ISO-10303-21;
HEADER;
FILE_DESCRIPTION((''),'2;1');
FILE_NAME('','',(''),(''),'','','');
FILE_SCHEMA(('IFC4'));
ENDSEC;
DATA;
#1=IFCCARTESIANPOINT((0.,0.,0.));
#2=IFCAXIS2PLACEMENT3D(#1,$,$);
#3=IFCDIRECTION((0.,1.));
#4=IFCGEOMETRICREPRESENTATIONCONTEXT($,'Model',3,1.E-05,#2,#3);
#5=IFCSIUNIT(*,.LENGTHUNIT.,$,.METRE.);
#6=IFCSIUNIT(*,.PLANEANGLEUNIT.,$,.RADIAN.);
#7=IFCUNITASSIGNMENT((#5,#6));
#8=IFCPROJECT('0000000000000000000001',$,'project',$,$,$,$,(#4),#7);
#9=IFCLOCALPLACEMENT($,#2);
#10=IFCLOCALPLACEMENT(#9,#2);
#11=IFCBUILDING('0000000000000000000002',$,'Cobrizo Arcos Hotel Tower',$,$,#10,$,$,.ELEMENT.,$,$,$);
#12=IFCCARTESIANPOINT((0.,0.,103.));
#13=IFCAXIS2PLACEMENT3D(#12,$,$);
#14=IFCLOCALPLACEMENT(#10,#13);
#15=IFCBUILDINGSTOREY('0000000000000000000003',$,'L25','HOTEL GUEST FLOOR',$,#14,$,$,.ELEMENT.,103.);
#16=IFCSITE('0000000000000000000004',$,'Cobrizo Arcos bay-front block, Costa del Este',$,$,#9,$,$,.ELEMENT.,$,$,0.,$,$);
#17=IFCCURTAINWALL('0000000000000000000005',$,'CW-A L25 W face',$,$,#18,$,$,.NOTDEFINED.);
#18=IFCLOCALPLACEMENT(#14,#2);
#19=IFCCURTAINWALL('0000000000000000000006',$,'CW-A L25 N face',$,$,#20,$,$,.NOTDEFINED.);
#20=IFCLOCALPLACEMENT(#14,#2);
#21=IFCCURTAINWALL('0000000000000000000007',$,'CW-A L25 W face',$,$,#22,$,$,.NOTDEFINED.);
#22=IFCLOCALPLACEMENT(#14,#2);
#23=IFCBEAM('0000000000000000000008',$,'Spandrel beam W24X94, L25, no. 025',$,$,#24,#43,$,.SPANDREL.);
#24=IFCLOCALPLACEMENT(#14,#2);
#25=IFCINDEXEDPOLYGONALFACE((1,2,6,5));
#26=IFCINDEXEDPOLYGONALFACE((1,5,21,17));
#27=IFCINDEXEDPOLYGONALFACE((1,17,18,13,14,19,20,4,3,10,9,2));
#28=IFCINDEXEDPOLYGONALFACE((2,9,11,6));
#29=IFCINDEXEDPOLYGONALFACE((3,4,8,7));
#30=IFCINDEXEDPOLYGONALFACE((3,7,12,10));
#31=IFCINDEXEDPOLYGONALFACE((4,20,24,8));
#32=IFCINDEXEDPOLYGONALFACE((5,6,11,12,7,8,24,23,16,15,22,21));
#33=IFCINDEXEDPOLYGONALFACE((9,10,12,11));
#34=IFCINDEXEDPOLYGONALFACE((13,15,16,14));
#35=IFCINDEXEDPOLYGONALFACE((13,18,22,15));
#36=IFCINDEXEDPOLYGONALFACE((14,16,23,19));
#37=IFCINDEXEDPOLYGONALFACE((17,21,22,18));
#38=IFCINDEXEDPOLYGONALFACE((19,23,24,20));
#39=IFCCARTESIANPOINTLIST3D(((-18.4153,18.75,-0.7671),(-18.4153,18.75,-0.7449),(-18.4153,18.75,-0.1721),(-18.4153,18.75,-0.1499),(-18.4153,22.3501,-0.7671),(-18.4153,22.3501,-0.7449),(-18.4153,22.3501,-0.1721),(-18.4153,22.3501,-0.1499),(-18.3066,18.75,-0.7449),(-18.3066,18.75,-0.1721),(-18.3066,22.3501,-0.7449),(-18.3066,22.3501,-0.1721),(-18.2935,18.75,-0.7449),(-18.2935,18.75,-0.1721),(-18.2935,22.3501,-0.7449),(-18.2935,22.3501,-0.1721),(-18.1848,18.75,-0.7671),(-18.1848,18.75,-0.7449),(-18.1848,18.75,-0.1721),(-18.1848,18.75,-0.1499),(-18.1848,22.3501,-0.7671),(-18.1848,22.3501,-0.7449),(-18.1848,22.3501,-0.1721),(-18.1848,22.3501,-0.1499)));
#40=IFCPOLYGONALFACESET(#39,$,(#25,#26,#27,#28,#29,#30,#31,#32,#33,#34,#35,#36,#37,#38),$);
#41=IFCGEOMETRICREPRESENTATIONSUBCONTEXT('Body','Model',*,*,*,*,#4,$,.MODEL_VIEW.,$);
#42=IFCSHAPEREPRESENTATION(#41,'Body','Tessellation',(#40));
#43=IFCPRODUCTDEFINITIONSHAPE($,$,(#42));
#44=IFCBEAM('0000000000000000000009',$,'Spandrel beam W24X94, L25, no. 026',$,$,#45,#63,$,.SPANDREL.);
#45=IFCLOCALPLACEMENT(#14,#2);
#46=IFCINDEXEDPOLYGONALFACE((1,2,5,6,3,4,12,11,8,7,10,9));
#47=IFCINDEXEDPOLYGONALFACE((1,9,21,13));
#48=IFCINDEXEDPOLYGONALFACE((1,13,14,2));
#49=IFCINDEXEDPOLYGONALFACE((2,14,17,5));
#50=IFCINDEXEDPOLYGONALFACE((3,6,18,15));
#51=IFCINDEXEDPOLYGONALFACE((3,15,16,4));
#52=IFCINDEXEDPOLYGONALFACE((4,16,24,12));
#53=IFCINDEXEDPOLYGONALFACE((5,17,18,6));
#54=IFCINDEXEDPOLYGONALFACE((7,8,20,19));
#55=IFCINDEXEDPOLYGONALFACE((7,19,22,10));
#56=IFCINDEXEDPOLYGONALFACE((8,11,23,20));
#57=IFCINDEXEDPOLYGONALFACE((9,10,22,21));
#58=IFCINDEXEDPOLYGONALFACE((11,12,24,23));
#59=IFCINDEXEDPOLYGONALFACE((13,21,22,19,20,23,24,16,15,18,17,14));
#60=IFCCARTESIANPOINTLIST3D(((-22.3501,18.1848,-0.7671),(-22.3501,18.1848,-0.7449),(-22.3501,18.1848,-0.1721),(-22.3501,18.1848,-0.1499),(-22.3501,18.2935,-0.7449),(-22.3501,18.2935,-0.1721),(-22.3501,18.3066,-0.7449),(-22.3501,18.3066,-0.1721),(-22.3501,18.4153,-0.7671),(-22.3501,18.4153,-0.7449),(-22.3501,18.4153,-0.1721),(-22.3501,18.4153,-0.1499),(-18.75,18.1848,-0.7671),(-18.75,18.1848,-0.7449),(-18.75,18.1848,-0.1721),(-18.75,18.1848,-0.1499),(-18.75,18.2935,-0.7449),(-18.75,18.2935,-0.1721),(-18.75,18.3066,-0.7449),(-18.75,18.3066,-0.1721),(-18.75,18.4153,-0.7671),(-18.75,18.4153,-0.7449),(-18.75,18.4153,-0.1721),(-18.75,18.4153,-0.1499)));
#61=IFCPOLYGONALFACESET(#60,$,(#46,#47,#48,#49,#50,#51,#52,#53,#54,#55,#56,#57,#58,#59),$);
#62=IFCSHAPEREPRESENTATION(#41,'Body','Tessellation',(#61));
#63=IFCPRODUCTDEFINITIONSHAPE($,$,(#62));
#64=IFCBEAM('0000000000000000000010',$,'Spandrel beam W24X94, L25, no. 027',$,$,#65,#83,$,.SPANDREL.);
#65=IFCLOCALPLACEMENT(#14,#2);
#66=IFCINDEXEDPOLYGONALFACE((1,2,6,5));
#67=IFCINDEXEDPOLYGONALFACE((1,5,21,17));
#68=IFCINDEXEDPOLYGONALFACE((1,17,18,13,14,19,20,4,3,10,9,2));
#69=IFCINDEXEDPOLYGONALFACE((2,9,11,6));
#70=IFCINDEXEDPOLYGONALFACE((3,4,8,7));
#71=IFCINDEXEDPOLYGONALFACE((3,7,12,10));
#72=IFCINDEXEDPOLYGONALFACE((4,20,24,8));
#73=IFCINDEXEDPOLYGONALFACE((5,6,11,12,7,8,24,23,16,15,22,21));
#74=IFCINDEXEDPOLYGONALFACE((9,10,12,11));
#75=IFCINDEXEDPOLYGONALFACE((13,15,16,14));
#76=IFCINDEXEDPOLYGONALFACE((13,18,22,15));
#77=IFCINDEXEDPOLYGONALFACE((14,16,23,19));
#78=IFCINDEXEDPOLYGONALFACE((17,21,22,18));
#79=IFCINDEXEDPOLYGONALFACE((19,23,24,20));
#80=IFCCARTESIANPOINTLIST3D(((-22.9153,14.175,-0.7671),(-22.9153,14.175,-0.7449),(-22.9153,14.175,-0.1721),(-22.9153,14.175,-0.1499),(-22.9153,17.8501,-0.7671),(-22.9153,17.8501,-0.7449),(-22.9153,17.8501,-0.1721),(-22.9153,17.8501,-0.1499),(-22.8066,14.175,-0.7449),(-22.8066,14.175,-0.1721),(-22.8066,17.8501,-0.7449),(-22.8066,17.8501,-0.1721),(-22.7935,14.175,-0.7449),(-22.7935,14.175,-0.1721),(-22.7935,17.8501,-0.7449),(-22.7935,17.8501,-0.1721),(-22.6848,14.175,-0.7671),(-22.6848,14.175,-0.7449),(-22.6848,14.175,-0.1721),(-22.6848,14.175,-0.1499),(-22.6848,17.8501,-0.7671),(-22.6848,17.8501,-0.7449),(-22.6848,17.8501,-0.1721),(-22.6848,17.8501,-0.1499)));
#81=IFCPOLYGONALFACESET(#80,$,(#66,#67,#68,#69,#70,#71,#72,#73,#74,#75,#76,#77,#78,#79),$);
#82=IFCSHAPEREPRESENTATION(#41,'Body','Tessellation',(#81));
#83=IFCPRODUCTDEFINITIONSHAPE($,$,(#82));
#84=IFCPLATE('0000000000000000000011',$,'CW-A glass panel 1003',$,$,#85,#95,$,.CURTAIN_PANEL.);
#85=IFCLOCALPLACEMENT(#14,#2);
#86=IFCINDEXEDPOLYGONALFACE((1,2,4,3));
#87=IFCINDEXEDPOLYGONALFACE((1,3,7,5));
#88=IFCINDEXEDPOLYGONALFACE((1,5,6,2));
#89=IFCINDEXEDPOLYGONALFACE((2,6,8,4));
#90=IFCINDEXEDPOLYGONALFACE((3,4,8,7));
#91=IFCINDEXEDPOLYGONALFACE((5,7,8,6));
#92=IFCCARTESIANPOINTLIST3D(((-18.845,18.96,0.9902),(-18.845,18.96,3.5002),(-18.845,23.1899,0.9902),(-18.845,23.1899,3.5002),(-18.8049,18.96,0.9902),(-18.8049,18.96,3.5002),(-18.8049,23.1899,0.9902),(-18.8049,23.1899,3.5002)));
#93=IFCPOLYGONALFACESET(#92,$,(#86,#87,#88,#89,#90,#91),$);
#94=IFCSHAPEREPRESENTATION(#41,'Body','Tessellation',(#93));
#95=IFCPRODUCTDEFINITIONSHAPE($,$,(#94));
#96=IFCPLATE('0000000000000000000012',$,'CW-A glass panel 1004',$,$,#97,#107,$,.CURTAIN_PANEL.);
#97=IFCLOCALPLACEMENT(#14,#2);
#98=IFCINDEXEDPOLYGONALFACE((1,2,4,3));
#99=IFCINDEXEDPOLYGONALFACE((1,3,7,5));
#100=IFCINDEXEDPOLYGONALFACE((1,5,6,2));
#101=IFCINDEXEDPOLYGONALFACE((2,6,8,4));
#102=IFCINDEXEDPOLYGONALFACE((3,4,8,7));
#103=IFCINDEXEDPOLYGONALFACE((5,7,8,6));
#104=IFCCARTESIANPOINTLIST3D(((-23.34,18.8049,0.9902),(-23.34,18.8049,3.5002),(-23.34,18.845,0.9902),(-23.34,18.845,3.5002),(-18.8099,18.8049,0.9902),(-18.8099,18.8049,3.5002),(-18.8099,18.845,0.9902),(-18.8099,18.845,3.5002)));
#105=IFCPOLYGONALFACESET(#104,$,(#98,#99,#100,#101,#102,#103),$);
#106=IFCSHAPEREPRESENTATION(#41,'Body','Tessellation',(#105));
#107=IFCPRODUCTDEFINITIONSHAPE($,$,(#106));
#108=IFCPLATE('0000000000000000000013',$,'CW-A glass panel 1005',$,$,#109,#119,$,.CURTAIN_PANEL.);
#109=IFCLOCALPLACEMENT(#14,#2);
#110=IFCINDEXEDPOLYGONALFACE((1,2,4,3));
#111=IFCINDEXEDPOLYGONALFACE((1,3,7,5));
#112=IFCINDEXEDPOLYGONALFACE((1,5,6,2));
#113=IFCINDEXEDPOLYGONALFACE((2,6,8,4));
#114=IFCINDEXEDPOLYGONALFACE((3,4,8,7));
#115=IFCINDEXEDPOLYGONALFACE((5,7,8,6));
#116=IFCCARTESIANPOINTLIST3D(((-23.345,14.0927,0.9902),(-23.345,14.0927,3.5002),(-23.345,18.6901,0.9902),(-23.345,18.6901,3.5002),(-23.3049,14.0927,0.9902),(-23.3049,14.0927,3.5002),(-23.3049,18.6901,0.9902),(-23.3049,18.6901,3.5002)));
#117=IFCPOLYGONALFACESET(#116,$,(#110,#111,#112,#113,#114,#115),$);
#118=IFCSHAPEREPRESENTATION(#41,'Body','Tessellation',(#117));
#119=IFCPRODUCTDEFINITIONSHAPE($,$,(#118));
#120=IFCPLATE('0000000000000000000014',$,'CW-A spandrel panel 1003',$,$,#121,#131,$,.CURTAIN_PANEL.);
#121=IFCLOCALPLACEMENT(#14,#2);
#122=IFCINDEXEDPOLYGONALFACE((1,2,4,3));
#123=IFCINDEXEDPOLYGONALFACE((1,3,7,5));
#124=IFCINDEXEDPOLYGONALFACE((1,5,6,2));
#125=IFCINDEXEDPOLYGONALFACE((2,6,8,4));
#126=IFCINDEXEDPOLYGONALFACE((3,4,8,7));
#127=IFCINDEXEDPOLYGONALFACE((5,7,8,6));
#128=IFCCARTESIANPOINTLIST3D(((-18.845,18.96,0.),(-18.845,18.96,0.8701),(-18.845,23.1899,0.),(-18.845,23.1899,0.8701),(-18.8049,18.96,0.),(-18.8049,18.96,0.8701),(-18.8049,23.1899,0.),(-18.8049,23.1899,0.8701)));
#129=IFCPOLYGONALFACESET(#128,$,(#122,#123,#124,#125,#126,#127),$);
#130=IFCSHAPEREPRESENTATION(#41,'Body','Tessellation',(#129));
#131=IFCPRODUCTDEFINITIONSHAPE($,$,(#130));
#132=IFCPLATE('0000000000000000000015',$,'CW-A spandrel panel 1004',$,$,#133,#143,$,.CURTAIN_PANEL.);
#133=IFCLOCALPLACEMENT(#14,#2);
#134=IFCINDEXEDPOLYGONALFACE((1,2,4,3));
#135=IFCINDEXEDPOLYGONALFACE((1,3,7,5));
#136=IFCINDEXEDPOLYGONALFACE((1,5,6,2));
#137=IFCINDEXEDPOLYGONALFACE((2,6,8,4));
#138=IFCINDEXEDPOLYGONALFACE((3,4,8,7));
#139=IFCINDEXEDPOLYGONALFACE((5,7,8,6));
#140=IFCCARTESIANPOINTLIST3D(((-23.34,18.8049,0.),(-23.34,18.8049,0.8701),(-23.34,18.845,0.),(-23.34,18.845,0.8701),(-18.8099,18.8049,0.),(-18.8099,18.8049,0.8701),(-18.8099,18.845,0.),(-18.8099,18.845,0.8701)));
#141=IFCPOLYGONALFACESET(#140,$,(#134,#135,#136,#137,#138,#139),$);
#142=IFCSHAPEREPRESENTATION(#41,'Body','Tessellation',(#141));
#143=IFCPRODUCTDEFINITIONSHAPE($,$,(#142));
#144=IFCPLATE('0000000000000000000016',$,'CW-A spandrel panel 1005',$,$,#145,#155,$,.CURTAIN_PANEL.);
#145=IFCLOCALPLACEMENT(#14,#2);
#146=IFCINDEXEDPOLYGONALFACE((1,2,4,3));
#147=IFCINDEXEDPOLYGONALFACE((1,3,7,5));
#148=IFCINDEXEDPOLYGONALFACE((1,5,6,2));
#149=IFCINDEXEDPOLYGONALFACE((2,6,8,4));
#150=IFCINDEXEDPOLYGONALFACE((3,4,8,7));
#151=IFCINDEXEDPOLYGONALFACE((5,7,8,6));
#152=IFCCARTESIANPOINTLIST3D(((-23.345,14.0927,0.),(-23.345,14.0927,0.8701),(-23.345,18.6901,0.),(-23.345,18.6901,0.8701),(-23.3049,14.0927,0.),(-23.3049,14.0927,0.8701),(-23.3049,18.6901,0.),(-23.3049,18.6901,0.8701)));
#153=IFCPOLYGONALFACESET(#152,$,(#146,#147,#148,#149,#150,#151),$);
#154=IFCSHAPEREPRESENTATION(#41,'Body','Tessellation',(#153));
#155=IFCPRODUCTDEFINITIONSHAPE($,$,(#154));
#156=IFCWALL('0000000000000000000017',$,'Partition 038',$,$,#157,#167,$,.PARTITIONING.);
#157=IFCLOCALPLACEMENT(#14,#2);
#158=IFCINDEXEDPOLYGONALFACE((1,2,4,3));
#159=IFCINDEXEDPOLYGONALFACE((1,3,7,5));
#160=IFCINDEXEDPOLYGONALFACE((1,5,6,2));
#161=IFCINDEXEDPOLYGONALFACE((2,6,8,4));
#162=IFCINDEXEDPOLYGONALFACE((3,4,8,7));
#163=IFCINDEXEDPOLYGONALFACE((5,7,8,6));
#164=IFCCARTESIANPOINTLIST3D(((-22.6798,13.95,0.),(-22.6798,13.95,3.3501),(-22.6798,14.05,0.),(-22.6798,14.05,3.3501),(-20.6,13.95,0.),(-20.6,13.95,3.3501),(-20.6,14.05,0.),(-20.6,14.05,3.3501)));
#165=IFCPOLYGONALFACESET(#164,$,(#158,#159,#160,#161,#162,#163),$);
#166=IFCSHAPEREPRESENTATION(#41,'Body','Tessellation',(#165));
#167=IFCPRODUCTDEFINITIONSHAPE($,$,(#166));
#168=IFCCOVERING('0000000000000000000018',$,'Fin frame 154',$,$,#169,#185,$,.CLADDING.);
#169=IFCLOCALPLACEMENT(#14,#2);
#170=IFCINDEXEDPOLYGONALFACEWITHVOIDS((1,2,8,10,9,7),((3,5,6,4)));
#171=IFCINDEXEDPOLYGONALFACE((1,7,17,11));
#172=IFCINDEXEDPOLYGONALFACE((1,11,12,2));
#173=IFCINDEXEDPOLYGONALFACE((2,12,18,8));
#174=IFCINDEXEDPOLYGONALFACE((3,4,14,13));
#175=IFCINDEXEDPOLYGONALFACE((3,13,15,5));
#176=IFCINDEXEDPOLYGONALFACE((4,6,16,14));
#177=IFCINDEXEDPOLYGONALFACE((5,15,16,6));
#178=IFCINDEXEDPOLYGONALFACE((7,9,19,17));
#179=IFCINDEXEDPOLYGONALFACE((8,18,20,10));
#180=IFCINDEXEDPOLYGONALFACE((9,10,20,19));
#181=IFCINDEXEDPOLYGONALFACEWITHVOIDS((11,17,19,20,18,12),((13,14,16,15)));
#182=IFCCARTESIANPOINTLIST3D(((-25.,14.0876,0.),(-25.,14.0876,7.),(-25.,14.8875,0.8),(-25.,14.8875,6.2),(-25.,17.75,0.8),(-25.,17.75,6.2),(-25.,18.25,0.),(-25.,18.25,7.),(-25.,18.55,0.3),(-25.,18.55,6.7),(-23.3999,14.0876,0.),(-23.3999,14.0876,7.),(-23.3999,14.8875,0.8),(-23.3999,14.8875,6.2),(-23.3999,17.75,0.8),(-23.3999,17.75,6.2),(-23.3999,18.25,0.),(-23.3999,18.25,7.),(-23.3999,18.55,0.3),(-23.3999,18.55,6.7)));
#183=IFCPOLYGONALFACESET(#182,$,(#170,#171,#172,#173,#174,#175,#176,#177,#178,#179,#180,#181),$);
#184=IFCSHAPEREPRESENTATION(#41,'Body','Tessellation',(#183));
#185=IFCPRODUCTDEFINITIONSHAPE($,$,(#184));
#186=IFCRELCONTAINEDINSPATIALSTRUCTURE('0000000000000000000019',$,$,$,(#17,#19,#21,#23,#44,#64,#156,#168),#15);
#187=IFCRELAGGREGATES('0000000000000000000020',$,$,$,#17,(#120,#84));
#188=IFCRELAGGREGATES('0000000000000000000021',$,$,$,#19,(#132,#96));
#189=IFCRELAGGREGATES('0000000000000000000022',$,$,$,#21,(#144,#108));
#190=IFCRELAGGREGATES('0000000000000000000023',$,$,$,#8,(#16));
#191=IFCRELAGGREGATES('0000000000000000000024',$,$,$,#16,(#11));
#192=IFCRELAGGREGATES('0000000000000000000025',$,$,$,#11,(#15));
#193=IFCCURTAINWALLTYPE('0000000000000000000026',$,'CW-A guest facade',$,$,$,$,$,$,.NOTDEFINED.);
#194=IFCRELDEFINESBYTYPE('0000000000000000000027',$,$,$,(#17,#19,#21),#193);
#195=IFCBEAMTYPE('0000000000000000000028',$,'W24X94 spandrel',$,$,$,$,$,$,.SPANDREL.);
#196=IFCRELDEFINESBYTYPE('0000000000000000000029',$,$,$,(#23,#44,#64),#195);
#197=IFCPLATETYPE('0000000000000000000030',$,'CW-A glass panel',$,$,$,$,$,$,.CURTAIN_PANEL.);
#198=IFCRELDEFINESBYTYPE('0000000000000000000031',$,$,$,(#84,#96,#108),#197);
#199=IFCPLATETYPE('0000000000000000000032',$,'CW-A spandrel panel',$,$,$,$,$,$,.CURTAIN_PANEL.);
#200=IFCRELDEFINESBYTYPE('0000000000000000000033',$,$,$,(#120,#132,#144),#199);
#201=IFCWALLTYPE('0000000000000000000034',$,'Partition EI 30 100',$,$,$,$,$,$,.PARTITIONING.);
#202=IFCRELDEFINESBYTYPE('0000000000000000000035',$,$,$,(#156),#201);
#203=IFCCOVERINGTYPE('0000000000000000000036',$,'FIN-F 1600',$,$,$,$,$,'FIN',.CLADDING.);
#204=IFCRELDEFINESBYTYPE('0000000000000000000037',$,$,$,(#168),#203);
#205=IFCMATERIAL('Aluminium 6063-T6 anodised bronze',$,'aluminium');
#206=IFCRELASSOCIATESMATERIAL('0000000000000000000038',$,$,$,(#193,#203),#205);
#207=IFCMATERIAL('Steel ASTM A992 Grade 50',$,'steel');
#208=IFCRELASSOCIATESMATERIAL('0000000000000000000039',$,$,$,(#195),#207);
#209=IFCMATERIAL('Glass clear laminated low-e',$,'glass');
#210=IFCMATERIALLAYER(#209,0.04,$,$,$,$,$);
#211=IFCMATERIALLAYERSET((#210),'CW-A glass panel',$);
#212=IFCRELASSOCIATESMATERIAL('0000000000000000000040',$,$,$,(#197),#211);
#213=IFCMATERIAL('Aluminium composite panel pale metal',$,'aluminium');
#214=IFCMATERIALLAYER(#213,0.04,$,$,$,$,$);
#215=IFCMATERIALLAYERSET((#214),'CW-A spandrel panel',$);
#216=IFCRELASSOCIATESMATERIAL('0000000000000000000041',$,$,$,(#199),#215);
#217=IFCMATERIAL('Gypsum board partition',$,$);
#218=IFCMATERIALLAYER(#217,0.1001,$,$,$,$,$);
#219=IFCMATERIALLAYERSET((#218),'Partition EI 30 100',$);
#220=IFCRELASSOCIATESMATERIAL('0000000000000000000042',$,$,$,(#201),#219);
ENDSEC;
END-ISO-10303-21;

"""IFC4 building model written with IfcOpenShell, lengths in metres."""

from ifc_helpers import new_model, si_unit, direction, frame, frame_2d, origin, origin_2d, place, context, subcontext, project, spatial, polyline, rectangle, i_section, outline, extrude, material, layer, layer_set, material_profile, profile_set, type_object, element, aggregate, save


model = new_model("IFC4")

# Units and contexts
model_context = context("Model", 3, precision=1e-05, world=origin(), true_north=direction((0.0, 1.0)))
body_context = subcontext(model_context, "Body", "Model", "MODEL_VIEW")
ifc_project = project(units=[si_unit("LENGTHUNIT", "METRE"), si_unit("PLANEANGLEUNIT", "RADIAN")], contexts=[model_context])

# Site, building, storey
site_placement = place(None, origin())
site = spatial("IfcSite", under=ifc_project, at=site_placement, Name="Cobrizo Arcos bay-front block, Costa del Este", CompositionType="ELEMENT", RefElevation=0.0)
building_placement = place(site_placement, origin())
building = spatial("IfcBuilding", under=site, at=building_placement, Name="Cobrizo Arcos Hotel Tower", CompositionType="ELEMENT")
storey_placement = place(building_placement, frame((0.0, 0.0, 103.0)))
storey = spatial("IfcBuildingStorey", under=building, at=storey_placement, Name="L25", Description="HOTEL GUEST FLOOR", CompositionType="ELEMENT", Elevation=103.0)

# Shared definitions
ifc_material_1 = material(Name="Aluminium 6063-T6 anodised bronze", Category="aluminium")
curtain_wall_type = type_object("IfcCurtainWallType", Name="CW-A guest facade", PredefinedType="NOTDEFINED", material=ifc_material_1)

# Curtain walls
curtain_wall_1_placement = place(storey_placement, origin())
curtain_wall_1 = element("IfcCurtainWall", 1, at=curtain_wall_1_placement, inside=storey, type_object=curtain_wall_type, Name="CW-A L25 W face", PredefinedType="NOTDEFINED")
curtain_wall_2_placement = place(storey_placement, origin())
curtain_wall_2 = element("IfcCurtainWall", 2, at=curtain_wall_2_placement, inside=storey, type_object=curtain_wall_type, Name="CW-A L25 N face", PredefinedType="NOTDEFINED")
curtain_wall_3_placement = place(storey_placement, origin())
curtain_wall_3 = element("IfcCurtainWall", 3, at=curtain_wall_3_placement, inside=storey, type_object=curtain_wall_type, Name="CW-A L25 W face", PredefinedType="NOTDEFINED")

# Beams
ifc_material_2 = material(Name="Steel ASTM A992 Grade 50", Category="steel")
ifc_material_profile_1 = material_profile(ifc_material_2, i_section(OverallWidth=0.2305, OverallDepth=0.6172, WebThickness=0.0132, FlangeThickness=0.0222, at=origin_2d()), Name="W24X94")
ifc_profile_set_1 = profile_set([ifc_material_profile_1], Name="Steel ASTM A992 Grade 50")
beam_type = type_object("IfcBeamType", Name="W24X94 spandrel", PredefinedType="SPANDREL", material=ifc_profile_set_1)
for number, where, z_axis, x_axis, name in (
    (4, (-18.3, 22.3501, -0.4585), (0.0, -1.0, 0.0), (1.0, 0.0, 0.0), "Spandrel beam W24X94, L25, no. 025"),
    (5, (-18.75, 18.3, -0.4585), (-1.0, 0.0, 0.0), (0.0, -1.0, 0.0), "Spandrel beam W24X94, L25, no. 026"),
):
    element("IfcBeam", number, at=place(storey_placement, frame(where, z_axis=z_axis, x_axis=x_axis)), inside=storey, type_object=beam_type, Name=name, PredefinedType="SPANDREL", context=body_context, shape_type="SweptSolid", body=[
        extrude(i_section(OverallWidth=0.2305, OverallDepth=0.6172, WebThickness=0.0132, FlangeThickness=0.0222, at=origin_2d()), origin(), (0.0, 0.0, 1.0), 3.6001),
    ])
beam_placement = place(storey_placement, frame((-22.8, 17.8501, -0.4585), z_axis=(0.0, -1.0, 0.0), x_axis=(1.0, 0.0, 0.0)))
element("IfcBeam", 6, at=beam_placement, inside=storey, type_object=beam_type, Name="Spandrel beam W24X94, L25, no. 027", PredefinedType="SPANDREL", context=body_context, shape_type="SweptSolid", body=[
    extrude(i_section(OverallWidth=0.2305, OverallDepth=0.6172, WebThickness=0.0132, FlangeThickness=0.0222, at=origin_2d()), origin(), (0.0, 0.0, 1.0), 3.675),
])

# Plates
ifc_material_3 = material(Name="Glass clear laminated low-e", Category="glass")
ifc_layer_1 = layer(ifc_material_3, 0.04)
ifc_layer_set_1 = layer_set([ifc_layer_1], Name="CW-A glass panel")
plate_type_1 = type_object("IfcPlateType", Name="CW-A glass panel", PredefinedType="CURTAIN_PANEL", material=ifc_layer_set_1)
plate_1_placement = place(storey_placement, frame((-18.825, 21.075, 0.9902), z_axis=(0.0, 0.0, 1.0), x_axis=(0.0, -1.0, 0.0)))
plate_1 = element("IfcPlate", 7, at=plate_1_placement, type_object=plate_type_1, Name="CW-A glass panel 1003", PredefinedType="CURTAIN_PANEL", context=body_context, shape_type="SweptSolid", body=[
    extrude(rectangle(XDim=4.23, YDim=0.04, at=origin_2d()), origin(), (0.0, 0.0, 1.0), 2.51),
])
plate_2_placement = place(storey_placement, frame((-21.075, 18.825, 0.9902), z_axis=(0.0, 0.0, 1.0), x_axis=(-1.0, 0.0, 0.0)))
plate_2 = element("IfcPlate", 8, at=plate_2_placement, type_object=plate_type_1, Name="CW-A glass panel 1004", PredefinedType="CURTAIN_PANEL", context=body_context, shape_type="SweptSolid", body=[
    extrude(rectangle(XDim=4.53, YDim=0.04, at=origin_2d()), origin(), (0.0, 0.0, 1.0), 2.51),
])
plate_3_placement = place(storey_placement, frame((-23.325, 16.3914, 0.9902), z_axis=(0.0, 0.0, 1.0), x_axis=(0.0, -1.0, 0.0)))
plate_3 = element("IfcPlate", 9, at=plate_3_placement, type_object=plate_type_1, Name="CW-A glass panel 1005", PredefinedType="CURTAIN_PANEL", context=body_context, shape_type="SweptSolid", body=[
    extrude(rectangle(XDim=4.5974, YDim=0.04, at=origin_2d()), origin(), (0.0, 0.0, 1.0), 2.51),
])
ifc_material_4 = material(Name="Aluminium composite panel pale metal", Category="aluminium")
ifc_layer_2 = layer(ifc_material_4, 0.04)
ifc_layer_set_2 = layer_set([ifc_layer_2], Name="CW-A spandrel panel")
plate_type_2 = type_object("IfcPlateType", Name="CW-A spandrel panel", PredefinedType="CURTAIN_PANEL", material=ifc_layer_set_2)
plate_4_placement = place(storey_placement, frame((-18.825, 21.075, 0.0), z_axis=(0.0, 0.0, 1.0), x_axis=(0.0, -1.0, 0.0)))
plate_4 = element("IfcPlate", 10, at=plate_4_placement, type_object=plate_type_2, Name="CW-A spandrel panel 1003", PredefinedType="CURTAIN_PANEL", context=body_context, shape_type="SweptSolid", body=[
    extrude(rectangle(XDim=4.23, YDim=0.04, at=origin_2d()), origin(), (0.0, 0.0, 1.0), 0.8701),
])
aggregate(curtain_wall_1, [plate_4, plate_1])
plate_5_placement = place(storey_placement, frame((-21.075, 18.825, 0.0), z_axis=(0.0, 0.0, 1.0), x_axis=(-1.0, 0.0, 0.0)))
plate_5 = element("IfcPlate", 11, at=plate_5_placement, type_object=plate_type_2, Name="CW-A spandrel panel 1004", PredefinedType="CURTAIN_PANEL", context=body_context, shape_type="SweptSolid", body=[
    extrude(rectangle(XDim=4.53, YDim=0.04, at=origin_2d()), origin(), (0.0, 0.0, 1.0), 0.8701),
])
aggregate(curtain_wall_2, [plate_5, plate_2])
plate_6_placement = place(storey_placement, frame((-23.325, 16.3914, 0.0), z_axis=(0.0, 0.0, 1.0), x_axis=(0.0, -1.0, 0.0)))
plate_6 = element("IfcPlate", 12, at=plate_6_placement, type_object=plate_type_2, Name="CW-A spandrel panel 1005", PredefinedType="CURTAIN_PANEL", context=body_context, shape_type="SweptSolid", body=[
    extrude(rectangle(XDim=4.5974, YDim=0.04, at=origin_2d()), origin(), (0.0, 0.0, 1.0), 0.8701),
])
aggregate(curtain_wall_3, [plate_6, plate_3])

# Wall
ifc_material_5 = material(Name="Gypsum board partition")
ifc_layer_3 = layer(ifc_material_5, 0.1001)
ifc_layer_set_3 = layer_set([ifc_layer_3], Name="Partition EI 30 100")
wall_type = type_object("IfcWallType", Name="Partition EI 30 100", PredefinedType="PARTITIONING", material=ifc_layer_set_3)
wall_placement = place(storey_placement, frame((-22.6799, 14.0, 0.0), z_axis=(0.0, 0.0, 1.0), x_axis=(1.0, 0.0, 0.0)))
element("IfcWall", 13, at=wall_placement, inside=storey, type_object=wall_type, Name="Partition 038", PredefinedType="PARTITIONING", context=body_context, shape_type="SweptSolid", body=[
    extrude(rectangle(XDim=2.0798, YDim=0.1001, at=frame_2d((1.04, 0.0))), origin(), (0.0, 0.0, 1.0), 3.3501),
])

# Covering
covering_type = type_object("IfcCoveringType", Name="FIN-F 1600", ElementType="FIN", PredefinedType="CLADDING", material=ifc_material_1)
covering_1_placement = place(storey_placement, frame((-23.3999, 18.55, 0.0), z_axis=(-1.0, 0.0, 0.0), x_axis=(0.0, -1.0, 0.0)))
element("IfcCovering", 14, at=covering_1_placement, inside=storey, type_object=covering_type, Name="Fin frame 154", PredefinedType="CLADDING", context=body_context, shape_type="SweptSolid", body=[
    extrude(outline(polyline([(0.0, 0.3), (0.3, 0.0), (4.4624, 0.0), (4.4624, 7.0), (0.3, 7.0), (0.0, 6.7), (0.0, 0.3)]), holes=[polyline([(3.6626, 0.8), (0.8, 0.8), (0.8, 6.2), (3.6626, 6.2), (3.6626, 0.8)])]), origin(), (0.0, 0.0, 1.0), 1.6001),
])

save(model, "model.ifc")
